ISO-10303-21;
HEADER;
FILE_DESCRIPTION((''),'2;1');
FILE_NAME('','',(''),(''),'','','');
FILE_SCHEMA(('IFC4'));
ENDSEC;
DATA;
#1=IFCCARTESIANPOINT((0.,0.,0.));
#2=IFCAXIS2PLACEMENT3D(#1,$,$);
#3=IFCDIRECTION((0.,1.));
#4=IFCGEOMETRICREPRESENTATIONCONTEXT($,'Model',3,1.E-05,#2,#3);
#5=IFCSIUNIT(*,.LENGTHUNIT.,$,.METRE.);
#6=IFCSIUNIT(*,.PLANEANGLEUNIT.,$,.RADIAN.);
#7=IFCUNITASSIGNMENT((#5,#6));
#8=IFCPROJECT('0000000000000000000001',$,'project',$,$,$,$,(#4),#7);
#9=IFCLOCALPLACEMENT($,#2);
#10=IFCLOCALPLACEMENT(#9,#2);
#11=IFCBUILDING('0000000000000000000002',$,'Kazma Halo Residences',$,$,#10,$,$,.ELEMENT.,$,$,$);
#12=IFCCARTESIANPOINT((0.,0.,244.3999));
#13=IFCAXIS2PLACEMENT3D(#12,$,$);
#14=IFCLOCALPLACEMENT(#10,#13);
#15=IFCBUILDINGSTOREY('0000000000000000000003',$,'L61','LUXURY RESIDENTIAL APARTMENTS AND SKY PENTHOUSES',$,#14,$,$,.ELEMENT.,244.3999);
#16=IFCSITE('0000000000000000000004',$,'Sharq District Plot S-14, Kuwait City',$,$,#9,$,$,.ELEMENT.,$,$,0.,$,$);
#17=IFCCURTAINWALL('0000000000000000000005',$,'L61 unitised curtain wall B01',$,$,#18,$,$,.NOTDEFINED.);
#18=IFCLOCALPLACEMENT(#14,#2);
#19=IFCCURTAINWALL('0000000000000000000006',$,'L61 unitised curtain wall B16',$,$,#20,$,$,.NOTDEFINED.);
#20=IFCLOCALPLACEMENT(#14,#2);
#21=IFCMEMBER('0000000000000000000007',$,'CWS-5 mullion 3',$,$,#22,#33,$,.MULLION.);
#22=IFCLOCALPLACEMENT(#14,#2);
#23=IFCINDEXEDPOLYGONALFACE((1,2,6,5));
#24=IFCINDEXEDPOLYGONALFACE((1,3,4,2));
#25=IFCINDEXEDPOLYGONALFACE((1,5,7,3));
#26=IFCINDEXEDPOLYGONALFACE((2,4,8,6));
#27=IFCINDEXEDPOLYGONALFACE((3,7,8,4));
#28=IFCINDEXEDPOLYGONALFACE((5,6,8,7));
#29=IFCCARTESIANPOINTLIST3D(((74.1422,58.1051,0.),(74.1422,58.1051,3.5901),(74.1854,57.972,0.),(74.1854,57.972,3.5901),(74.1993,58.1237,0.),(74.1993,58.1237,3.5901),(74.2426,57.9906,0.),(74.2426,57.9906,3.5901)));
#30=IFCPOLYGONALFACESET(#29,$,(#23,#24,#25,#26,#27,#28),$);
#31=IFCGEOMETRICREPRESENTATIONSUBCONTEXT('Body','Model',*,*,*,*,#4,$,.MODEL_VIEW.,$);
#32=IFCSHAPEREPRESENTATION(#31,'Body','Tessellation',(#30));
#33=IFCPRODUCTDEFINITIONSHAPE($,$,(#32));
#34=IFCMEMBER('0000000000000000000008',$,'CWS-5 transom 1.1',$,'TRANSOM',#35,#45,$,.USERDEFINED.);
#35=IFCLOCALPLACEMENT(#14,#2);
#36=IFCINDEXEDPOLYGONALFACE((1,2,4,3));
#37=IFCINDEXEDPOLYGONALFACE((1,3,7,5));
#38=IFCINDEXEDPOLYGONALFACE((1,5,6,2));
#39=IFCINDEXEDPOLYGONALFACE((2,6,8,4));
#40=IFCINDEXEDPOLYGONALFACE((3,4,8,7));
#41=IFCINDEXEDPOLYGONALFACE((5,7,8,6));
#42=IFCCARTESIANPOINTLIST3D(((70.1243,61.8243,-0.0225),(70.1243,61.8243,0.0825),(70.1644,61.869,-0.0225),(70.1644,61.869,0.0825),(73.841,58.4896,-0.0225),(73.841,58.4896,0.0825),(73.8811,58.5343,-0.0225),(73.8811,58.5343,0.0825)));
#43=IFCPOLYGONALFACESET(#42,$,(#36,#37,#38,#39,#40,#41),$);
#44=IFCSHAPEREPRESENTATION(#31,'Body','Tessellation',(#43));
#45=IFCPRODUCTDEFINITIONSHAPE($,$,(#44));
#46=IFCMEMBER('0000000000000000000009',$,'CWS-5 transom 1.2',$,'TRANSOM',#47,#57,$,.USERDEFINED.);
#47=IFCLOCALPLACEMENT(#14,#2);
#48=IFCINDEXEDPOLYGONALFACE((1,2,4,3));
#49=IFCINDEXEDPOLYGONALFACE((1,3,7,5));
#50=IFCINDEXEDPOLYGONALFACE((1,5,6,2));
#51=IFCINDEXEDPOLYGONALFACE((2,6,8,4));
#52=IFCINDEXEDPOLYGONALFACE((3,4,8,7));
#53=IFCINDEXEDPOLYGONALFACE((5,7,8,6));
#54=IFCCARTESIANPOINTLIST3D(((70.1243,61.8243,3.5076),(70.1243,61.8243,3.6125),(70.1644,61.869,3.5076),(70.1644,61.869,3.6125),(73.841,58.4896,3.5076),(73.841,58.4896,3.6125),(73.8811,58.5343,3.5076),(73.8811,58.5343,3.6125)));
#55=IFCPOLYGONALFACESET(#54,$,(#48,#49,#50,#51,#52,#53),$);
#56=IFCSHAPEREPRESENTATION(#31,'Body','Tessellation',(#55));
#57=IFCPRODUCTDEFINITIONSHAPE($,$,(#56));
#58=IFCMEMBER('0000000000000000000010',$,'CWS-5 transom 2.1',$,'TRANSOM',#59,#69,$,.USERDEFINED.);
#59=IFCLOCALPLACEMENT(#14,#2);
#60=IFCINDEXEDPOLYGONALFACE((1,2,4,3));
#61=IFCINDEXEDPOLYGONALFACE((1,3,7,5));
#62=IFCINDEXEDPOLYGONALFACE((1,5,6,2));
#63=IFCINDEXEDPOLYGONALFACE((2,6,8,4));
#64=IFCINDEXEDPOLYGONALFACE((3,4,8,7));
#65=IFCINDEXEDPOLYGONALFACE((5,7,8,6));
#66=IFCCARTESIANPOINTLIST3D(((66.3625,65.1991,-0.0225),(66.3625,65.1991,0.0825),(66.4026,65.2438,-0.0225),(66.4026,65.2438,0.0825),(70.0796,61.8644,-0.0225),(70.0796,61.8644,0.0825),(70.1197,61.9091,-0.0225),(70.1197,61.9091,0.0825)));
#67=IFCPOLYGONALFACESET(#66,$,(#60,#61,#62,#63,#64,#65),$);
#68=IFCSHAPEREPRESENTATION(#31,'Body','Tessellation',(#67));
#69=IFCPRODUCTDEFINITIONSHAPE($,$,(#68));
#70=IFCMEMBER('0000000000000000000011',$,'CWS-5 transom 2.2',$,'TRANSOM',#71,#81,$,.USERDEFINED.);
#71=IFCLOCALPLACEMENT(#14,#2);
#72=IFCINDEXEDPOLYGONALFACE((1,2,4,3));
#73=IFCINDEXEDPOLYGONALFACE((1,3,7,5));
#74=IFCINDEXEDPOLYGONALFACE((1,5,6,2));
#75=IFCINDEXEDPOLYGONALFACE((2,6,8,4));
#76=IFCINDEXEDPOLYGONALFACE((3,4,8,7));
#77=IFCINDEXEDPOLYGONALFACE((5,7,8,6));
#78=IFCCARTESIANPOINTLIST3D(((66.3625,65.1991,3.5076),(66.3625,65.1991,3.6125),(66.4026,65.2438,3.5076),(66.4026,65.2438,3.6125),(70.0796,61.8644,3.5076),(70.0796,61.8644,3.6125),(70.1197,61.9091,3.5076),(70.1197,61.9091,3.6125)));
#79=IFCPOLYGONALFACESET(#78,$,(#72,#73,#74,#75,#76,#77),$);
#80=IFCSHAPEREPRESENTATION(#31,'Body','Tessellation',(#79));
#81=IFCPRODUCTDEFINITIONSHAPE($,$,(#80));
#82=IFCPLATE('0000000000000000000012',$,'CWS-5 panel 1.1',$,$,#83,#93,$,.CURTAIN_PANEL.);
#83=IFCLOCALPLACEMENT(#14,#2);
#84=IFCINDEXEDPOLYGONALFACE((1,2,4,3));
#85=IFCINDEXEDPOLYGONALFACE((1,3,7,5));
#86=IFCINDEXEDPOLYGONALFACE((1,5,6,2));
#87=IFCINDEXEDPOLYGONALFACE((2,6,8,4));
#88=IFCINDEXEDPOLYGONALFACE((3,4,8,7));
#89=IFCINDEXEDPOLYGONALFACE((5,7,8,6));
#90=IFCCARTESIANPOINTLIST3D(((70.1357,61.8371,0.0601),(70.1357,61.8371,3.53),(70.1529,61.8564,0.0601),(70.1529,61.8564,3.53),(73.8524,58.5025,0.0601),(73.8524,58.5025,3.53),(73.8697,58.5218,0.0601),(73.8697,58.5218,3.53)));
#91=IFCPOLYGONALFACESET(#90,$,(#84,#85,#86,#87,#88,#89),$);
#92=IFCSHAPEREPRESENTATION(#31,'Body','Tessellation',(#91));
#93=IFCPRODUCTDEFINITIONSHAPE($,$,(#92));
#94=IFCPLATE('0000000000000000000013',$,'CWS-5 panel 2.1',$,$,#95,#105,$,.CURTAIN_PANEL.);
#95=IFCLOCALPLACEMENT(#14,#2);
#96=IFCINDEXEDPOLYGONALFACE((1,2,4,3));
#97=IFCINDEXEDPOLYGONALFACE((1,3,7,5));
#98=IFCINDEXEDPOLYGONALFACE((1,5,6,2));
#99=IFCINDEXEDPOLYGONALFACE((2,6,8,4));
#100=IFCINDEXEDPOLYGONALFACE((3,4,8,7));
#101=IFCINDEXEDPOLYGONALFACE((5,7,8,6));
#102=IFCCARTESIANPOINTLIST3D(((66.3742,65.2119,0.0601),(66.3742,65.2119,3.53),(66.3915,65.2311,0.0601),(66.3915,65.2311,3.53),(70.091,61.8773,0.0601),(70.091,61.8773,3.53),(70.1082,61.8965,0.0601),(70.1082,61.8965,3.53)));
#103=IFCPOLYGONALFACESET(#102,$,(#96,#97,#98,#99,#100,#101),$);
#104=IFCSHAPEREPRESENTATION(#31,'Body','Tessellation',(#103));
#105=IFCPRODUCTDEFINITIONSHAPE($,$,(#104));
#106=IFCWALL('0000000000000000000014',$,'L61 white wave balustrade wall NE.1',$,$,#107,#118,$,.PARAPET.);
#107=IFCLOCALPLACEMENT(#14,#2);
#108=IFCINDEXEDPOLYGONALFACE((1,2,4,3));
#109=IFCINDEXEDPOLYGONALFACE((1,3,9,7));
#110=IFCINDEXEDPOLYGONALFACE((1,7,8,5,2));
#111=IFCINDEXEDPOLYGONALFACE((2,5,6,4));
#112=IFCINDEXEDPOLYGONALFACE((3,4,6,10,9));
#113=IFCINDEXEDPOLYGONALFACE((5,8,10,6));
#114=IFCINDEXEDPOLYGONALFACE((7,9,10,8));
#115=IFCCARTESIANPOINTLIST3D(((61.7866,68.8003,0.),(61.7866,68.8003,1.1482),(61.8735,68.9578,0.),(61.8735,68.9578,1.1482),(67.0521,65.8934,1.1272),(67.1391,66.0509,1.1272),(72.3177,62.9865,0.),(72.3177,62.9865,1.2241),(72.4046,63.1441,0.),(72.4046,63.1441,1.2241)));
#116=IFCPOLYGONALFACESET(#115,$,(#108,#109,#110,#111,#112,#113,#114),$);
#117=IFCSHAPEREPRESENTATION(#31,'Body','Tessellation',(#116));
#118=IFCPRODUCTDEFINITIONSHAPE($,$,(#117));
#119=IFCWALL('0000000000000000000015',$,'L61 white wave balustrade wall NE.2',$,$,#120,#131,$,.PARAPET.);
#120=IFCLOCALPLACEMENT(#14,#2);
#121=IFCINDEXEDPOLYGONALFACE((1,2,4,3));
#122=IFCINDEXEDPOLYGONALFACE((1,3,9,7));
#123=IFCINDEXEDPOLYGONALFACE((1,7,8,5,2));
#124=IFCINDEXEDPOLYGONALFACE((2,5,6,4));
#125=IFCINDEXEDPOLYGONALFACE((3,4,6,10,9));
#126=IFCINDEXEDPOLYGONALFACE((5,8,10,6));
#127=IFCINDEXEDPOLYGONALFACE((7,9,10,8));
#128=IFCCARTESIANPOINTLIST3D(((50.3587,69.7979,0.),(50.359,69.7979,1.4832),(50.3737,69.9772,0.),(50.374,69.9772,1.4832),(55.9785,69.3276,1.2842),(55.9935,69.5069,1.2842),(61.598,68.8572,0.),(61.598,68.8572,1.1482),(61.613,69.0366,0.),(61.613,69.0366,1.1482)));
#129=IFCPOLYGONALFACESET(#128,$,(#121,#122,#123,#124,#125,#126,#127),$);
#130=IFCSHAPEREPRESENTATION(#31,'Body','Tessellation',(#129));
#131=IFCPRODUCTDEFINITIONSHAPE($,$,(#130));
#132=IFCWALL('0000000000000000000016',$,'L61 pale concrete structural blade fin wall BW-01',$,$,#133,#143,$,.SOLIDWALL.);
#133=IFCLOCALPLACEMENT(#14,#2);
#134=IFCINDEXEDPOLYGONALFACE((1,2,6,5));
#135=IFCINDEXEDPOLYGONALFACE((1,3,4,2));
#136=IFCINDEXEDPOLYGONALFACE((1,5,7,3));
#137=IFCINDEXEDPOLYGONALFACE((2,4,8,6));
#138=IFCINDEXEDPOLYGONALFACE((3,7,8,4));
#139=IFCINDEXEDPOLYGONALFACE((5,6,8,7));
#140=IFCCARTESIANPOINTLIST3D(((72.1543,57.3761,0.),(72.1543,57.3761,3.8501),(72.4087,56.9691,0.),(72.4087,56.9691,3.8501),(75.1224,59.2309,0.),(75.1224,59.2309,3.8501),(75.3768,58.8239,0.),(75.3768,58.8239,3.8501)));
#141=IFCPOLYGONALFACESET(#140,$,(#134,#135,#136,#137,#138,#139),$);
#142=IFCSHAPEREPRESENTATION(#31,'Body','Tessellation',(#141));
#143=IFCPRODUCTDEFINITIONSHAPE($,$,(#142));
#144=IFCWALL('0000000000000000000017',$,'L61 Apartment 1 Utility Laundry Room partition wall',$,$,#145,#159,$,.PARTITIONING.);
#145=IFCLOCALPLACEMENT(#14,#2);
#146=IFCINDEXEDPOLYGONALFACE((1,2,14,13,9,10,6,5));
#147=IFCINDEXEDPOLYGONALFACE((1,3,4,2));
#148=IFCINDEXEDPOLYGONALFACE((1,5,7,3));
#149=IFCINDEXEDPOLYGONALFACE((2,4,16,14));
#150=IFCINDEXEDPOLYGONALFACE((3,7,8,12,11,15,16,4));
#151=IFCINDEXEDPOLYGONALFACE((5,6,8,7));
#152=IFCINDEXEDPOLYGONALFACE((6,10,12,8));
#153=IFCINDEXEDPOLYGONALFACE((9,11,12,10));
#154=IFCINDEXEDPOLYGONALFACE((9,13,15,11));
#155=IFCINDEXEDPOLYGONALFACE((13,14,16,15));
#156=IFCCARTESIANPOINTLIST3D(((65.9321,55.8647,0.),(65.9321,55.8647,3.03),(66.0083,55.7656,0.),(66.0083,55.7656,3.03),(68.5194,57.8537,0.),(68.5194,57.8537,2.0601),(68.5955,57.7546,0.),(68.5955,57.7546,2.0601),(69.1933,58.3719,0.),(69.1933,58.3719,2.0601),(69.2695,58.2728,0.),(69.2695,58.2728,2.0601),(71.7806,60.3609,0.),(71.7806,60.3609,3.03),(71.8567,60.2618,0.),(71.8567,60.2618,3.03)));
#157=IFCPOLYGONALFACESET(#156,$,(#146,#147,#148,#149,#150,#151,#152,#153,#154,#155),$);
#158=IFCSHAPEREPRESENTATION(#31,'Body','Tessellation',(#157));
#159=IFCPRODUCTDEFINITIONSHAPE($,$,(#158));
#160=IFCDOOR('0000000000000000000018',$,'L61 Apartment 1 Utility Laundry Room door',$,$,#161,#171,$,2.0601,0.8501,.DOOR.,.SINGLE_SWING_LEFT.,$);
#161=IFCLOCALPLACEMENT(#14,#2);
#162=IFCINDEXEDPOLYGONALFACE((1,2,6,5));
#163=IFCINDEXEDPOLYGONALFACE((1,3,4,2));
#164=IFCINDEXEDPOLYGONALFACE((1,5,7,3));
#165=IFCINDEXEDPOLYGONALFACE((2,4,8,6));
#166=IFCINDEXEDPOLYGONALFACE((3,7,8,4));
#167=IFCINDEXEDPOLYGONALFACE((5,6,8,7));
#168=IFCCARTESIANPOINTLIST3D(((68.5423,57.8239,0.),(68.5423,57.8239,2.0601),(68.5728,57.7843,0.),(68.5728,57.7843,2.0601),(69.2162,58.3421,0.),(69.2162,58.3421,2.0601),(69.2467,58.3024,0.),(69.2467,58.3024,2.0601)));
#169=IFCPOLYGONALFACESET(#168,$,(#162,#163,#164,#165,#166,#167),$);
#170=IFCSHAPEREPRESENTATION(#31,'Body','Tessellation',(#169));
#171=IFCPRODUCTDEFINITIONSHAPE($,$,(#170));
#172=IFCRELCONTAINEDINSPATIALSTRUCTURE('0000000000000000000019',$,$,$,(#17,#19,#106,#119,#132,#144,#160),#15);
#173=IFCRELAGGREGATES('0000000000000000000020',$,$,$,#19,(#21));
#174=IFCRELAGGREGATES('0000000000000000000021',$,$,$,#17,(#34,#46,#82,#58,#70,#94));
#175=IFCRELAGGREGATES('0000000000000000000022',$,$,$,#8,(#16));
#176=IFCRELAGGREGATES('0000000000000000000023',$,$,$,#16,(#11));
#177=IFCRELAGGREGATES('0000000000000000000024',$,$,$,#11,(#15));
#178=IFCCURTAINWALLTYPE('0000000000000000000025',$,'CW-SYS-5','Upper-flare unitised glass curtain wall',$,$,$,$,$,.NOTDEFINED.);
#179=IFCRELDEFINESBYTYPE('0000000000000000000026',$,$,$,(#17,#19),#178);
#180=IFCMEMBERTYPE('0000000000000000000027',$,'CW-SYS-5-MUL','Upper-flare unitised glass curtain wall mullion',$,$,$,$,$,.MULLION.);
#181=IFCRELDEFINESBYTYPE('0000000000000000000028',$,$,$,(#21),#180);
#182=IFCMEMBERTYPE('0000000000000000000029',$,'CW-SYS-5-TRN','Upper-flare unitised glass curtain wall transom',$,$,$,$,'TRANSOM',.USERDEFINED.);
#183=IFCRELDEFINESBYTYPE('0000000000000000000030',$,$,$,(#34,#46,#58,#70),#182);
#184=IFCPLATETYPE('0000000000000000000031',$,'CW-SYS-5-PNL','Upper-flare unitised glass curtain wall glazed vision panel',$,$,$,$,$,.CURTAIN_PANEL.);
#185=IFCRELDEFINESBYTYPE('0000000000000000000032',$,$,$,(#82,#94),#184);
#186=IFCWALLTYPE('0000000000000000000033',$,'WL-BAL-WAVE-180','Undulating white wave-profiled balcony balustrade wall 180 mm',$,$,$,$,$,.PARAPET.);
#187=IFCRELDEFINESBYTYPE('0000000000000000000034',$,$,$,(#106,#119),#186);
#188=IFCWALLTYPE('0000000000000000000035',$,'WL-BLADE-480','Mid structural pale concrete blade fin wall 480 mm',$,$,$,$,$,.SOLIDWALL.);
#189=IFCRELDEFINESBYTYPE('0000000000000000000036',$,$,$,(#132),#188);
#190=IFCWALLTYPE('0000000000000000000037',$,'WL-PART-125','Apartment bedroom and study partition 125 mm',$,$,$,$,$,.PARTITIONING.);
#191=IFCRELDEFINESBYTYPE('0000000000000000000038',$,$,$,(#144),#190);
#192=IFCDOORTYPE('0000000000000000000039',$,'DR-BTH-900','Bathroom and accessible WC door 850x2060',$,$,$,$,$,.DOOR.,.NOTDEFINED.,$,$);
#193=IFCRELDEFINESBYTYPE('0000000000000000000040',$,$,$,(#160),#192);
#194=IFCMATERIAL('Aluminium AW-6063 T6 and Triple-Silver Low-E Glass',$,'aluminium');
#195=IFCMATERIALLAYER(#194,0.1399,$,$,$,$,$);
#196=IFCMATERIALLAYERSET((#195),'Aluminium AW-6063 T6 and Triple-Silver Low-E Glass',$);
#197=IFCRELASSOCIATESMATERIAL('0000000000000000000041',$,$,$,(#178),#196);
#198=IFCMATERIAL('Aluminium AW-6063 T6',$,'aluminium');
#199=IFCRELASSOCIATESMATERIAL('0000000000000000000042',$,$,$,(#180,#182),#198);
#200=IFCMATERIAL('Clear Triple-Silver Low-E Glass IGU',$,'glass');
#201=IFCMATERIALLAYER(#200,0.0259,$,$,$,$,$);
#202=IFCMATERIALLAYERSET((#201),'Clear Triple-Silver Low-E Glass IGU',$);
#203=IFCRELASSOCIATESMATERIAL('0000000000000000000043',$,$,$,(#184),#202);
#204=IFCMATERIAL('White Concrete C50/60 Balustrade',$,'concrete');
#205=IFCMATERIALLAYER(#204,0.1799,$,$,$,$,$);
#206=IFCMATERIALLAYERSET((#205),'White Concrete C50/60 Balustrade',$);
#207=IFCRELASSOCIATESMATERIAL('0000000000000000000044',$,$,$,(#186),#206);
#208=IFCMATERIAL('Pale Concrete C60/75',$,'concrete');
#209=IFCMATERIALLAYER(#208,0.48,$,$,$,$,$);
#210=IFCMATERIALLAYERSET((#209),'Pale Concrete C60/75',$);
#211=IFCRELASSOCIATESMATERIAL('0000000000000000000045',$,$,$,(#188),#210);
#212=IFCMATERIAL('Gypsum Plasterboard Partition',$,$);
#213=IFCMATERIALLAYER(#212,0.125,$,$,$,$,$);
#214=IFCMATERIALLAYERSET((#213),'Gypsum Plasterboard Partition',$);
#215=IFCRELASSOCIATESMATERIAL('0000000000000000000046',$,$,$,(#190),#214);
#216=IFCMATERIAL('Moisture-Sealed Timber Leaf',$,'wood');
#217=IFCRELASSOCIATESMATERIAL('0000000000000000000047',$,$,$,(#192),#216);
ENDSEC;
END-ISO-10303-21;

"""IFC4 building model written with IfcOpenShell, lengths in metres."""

from ifc_helpers import new_model, si_unit, direction, frame, frame_2d, origin, origin_2d, place, context, subcontext, project, spatial, polyline, rectangle, outline, extrude, material, layer, layer_set, material_profile, profile_set, type_object, element, fill, aggregate, save


model = new_model("IFC4")

# Units and contexts
model_context = context("Model", 3, precision=1e-05, world=origin(), true_north=direction((0.0, 1.0)))
body_context = subcontext(model_context, "Body", "Model", "MODEL_VIEW")
ifc_project = project(units=[si_unit("LENGTHUNIT", "METRE"), si_unit("PLANEANGLEUNIT", "RADIAN")], contexts=[model_context])

# Site, building, storey
site_placement = place(None, origin())
site = spatial("IfcSite", under=ifc_project, at=site_placement, Name="Sharq District Plot S-14, Kuwait City", CompositionType="ELEMENT", RefElevation=0.0)
building_placement = place(site_placement, origin())
building = spatial("IfcBuilding", under=site, at=building_placement, Name="Kazma Halo Residences", CompositionType="ELEMENT")
storey_placement = place(building_placement, frame((0.0, 0.0, 244.3999)))
storey = spatial("IfcBuildingStorey", under=building, at=storey_placement, Name="L61", Description="LUXURY RESIDENTIAL APARTMENTS AND SKY PENTHOUSES", CompositionType="ELEMENT", Elevation=244.3999)

# Curtain wall
ifc_material_1 = material(Name="Aluminium AW-6063 T6 and Triple-Silver Low-E Glass", Category="aluminium")
ifc_layer_1 = layer(ifc_material_1, 0.1399)
ifc_layer_set_1 = layer_set([ifc_layer_1], Name="Aluminium AW-6063 T6 and Triple-Silver Low-E Glass")
curtain_wall_type = type_object("IfcCurtainWallType", Name="CW-SYS-5", Description="Upper-flare unitised glass curtain wall", PredefinedType="NOTDEFINED", material=ifc_layer_set_1)
curtain_wall_1_placement = place(storey_placement, origin())
curtain_wall_1 = element("IfcCurtainWall", 1, at=curtain_wall_1_placement, inside=storey, type_object=curtain_wall_type, Name="L61 unitised curtain wall B01", PredefinedType="NOTDEFINED")
ifc_material_2 = material(Name="Aluminium AW-6063 T6", Category="aluminium")
ifc_material_profile_1 = material_profile(ifc_material_2, rectangle(XDim=0.0601, YDim=0.1399, at=origin_2d()), Name="CWM-60x140")
ifc_profile_set_1 = profile_set([ifc_material_profile_1], Name="Aluminium AW-6063 T6")
member_type_1 = type_object("IfcMemberType", Name="CW-SYS-5-MUL", Description="Upper-flare unitised glass curtain wall mullion", PredefinedType="MULLION", material=ifc_profile_set_1)

# Curtain wall, member
curtain_wall_2_placement = place(storey_placement, origin())
curtain_wall_2 = element("IfcCurtainWall", 2, at=curtain_wall_2_placement, inside=storey, type_object=curtain_wall_type, Name="L61 unitised curtain wall B16", PredefinedType="NOTDEFINED")
member_1_placement = place(storey_placement, frame((74.1924, 58.0479, 0.0), z_axis=(0.0, 0.0, 1.0), x_axis=(-0.951058, -0.309011, 0.0)))
member_1 = element("IfcMember", 3, at=member_1_placement, type_object=member_type_1, Name="CWS-5 mullion 3", PredefinedType="MULLION", context=body_context, shape_type="SweptSolid", body=[
    extrude(rectangle(XDim=0.0601, YDim=0.1399, at=origin_2d()), origin(), (0.0, 0.0, 1.0), 3.5901),
])
aggregate(curtain_wall_2, [member_1])

# Members
ifc_material_profile_2 = material_profile(ifc_material_2, rectangle(XDim=0.0601, YDim=0.105, at=origin_2d()), Name="CWT-60x105")
ifc_profile_set_2 = profile_set([ifc_material_profile_2], Name="Aluminium AW-6063 T6")
member_type_2 = type_object("IfcMemberType", Name="CW-SYS-5-TRN", Description="Upper-flare unitised glass curtain wall transom", ElementType="TRANSOM", PredefinedType="USERDEFINED", material=ifc_profile_set_2)
member_2_placement = place(storey_placement, frame((73.8611, 58.512, 0.03), z_axis=(-0.744329, 0.667813, 0.0), x_axis=(-0.667813, -0.744329, 0.0)))
member_2 = element("IfcMember", 4, at=member_2_placement, type_object=member_type_2, Name="CWS-5 transom 1.1", ObjectType="TRANSOM", PredefinedType="USERDEFINED", context=body_context, shape_type="SweptSolid", body=[
    extrude(rectangle(XDim=0.0601, YDim=0.105, at=origin_2d()), origin(), (0.0, 0.0, 1.0), 4.9934),
])
member_3_placement = place(storey_placement, frame((73.8611, 58.512, 3.5601), z_axis=(-0.744329, 0.667813, 0.0), x_axis=(-0.667813, -0.744329, 0.0)))
member_3 = element("IfcMember", 5, at=member_3_placement, type_object=member_type_2, Name="CWS-5 transom 1.2", ObjectType="TRANSOM", PredefinedType="USERDEFINED", context=body_context, shape_type="SweptSolid", body=[
    extrude(rectangle(XDim=0.0601, YDim=0.105, at=origin_2d()), origin(), (0.0, 0.0, 1.0), 4.9934),
])
member_4_placement = place(storey_placement, frame((70.0996, 61.8867, 0.03), z_axis=(-0.744351, 0.667789, 0.0), x_axis=(-0.667789, -0.744351, 0.0)))
member_4 = element("IfcMember", 6, at=member_4_placement, type_object=member_type_2, Name="CWS-5 transom 2.1", ObjectType="TRANSOM", PredefinedType="USERDEFINED", context=body_context, shape_type="SweptSolid", body=[
    extrude(rectangle(XDim=0.0601, YDim=0.105, at=origin_2d()), origin(), (0.0, 0.0, 1.0), 4.9937),
])
member_5_placement = place(storey_placement, frame((70.0996, 61.8867, 3.5601), z_axis=(-0.744351, 0.667789, 0.0), x_axis=(-0.667789, -0.744351, 0.0)))
member_5 = element("IfcMember", 7, at=member_5_placement, type_object=member_type_2, Name="CWS-5 transom 2.2", ObjectType="TRANSOM", PredefinedType="USERDEFINED", context=body_context, shape_type="SweptSolid", body=[
    extrude(rectangle(XDim=0.0601, YDim=0.105, at=origin_2d()), origin(), (0.0, 0.0, 1.0), 4.9937),
])

# Plates
ifc_material_3 = material(Name="Clear Triple-Silver Low-E Glass IGU", Category="glass")
ifc_layer_2 = layer(ifc_material_3, 0.0259)
ifc_layer_set_2 = layer_set([ifc_layer_2], Name="Clear Triple-Silver Low-E Glass IGU")
plate_type = type_object("IfcPlateType", Name="CW-SYS-5-PNL", Description="Upper-flare unitised glass curtain wall glazed vision panel", PredefinedType="CURTAIN_PANEL", material=ifc_layer_set_2)
plate_1_placement = place(storey_placement, frame((72.0027, 60.1794, 0.0601), z_axis=(0.0, 0.0, 1.0), x_axis=(-0.744336, 0.667805, 0.0)))
plate_1 = element("IfcPlate", 8, at=plate_1_placement, type_object=plate_type, Name="CWS-5 panel 1.1", PredefinedType="CURTAIN_PANEL", context=body_context, shape_type="SweptSolid", body=[
    extrude(rectangle(XDim=4.9934, YDim=0.0259, at=origin_2d()), origin(), (0.0, 0.0, 1.0), 3.47),
])
plate_2_placement = place(storey_placement, frame((68.2412, 63.5542, 0.0601), z_axis=(0.0, 0.0, 1.0), x_axis=(-0.744336, 0.667805, 0.0)))
plate_2 = element("IfcPlate", 9, at=plate_2_placement, type_object=plate_type, Name="CWS-5 panel 2.1", PredefinedType="CURTAIN_PANEL", context=body_context, shape_type="SweptSolid", body=[
    extrude(rectangle(XDim=4.9934, YDim=0.0259, at=origin_2d()), origin(), (0.0, 0.0, 1.0), 3.47),
])
aggregate(curtain_wall_1, [member_2, member_3, plate_1, member_4, member_5, plate_2])

# Walls
ifc_material_4 = material(Name="White Concrete C50/60 Balustrade", Category="concrete")
ifc_layer_3 = layer(ifc_material_4, 0.1799)
ifc_layer_set_3 = layer_set([ifc_layer_3], Name="White Concrete C50/60 Balustrade")
wall_type_1 = type_object("IfcWallType", Name="WL-BAL-WAVE-180", Description="Undulating white wave-profiled balcony balustrade wall 180 mm", PredefinedType="PARAPET", material=ifc_layer_set_3)
wall_1_placement = place(storey_placement, frame((72.3611, 63.0652, 0.0), z_axis=(0.0, 0.0, 1.0), x_axis=(-0.875454, 0.483301, 0.0)))
element("IfcWall", 10, at=wall_1_placement, inside=storey, type_object=wall_type_1, Name="L61 white wave balustrade wall NE.1", PredefinedType="PARAPET", context=body_context, shape_type="SweptSolid", body=[
    extrude(outline(polyline([(0.0, 0.0), (12.0293, 0.0), (12.0293, 1.1482), (6.0146, 1.1272), (0.0, 1.2241), (0.0, 0.0)])), frame((0.0, 0.0898, 0.0), z_axis=(0.0, -1.0, 0.0), x_axis=(1.0, 0.0, 0.0)), (0.0, 0.0, 1.0), 0.1799),
])
wall_2_placement = place(storey_placement, frame((61.6055, 68.9468, 0.0), z_axis=(0.0, 0.0, 1.0), x_axis=(-0.996516, 0.083404, 0.0)))
element("IfcWall", 11, at=wall_2_placement, inside=storey, type_object=wall_type_1, Name="L61 white wave balustrade wall NE.2", PredefinedType="PARAPET", context=body_context, shape_type="SweptSolid", body=[
    extrude(outline(polyline([(0.0, 0.0), (11.2786, 0.0), (11.2783, 1.4832), (5.6392, 1.2842), (0.0, 1.1482), (0.0, 0.0)])), frame((0.0, 0.0898, 0.0), z_axis=(0.0, -1.0, 0.0), x_axis=(1.0, 0.0, 0.0)), (0.0, 0.0, 1.0), 0.1799),
])
ifc_material_5 = material(Name="Pale Concrete C60/75", Category="concrete")
ifc_layer_4 = layer(ifc_material_5, 0.48)
ifc_layer_set_4 = layer_set([ifc_layer_4], Name="Pale Concrete C60/75")
wall_type_2 = type_object("IfcWallType", Name="WL-BLADE-480", Description="Mid structural pale concrete blade fin wall 480 mm", PredefinedType="SOLIDWALL", material=ifc_layer_set_4)
wall_3_placement = place(storey_placement, frame((72.2815, 57.1726, 0.0), z_axis=(0.0, 0.0, 1.0), x_axis=(0.848034, 0.529943, 0.0)))
element("IfcWall", 12, at=wall_3_placement, inside=storey, type_object=wall_type_2, Name="L61 pale concrete structural blade fin wall BW-01", PredefinedType="SOLIDWALL", context=body_context, shape_type="SweptSolid", body=[
    extrude(rectangle(XDim=3.5, YDim=0.48, at=frame_2d((1.75, 0.0))), origin(), (0.0, 0.0, 1.0), 3.8501),
])

# Wall, opening, door
ifc_material_6 = material(Name="Gypsum Plasterboard Partition")
ifc_layer_5 = layer(ifc_material_6, 0.125)
ifc_layer_set_5 = layer_set([ifc_layer_5], Name="Gypsum Plasterboard Partition")
wall_type_3 = type_object("IfcWallType", Name="WL-PART-125", Description="Apartment bedroom and study partition 125 mm", PredefinedType="PARTITIONING", material=ifc_layer_set_5)
wall_4_placement = place(storey_placement, frame((65.9702, 55.8152, 0.0), z_axis=(0.0, 0.0, 1.0), x_axis=(0.792799, 0.609484, 0.0)))
wall_4 = element("IfcWall", 13, at=wall_4_placement, inside=storey, type_object=wall_type_3, Name="L61 Apartment 1 Utility Laundry Room partition wall", PredefinedType="PARTITIONING", context=body_context, shape_type="SweptSolid", body=[
    extrude(rectangle(XDim=7.377, YDim=0.125, at=frame_2d((3.6885, 0.0))), origin(), (0.0, 0.0, 1.0), 3.03),
])
opening_1_placement = place(wall_4_placement, frame((3.2634, 0.0, 0.0)))
opening_1 = element("IfcOpeningElement", 14, at=opening_1_placement, cuts=wall_4, PredefinedType="OPENING", context=body_context, shape_type="SweptSolid", body=[
    extrude(rectangle(XDim=0.8501, YDim=2.0601, at=frame_2d((0.425, 1.03))), frame((0.0, 0.0725, 0.0), z_axis=(0.0, -1.0, 0.0), x_axis=(1.0, 0.0, 0.0)), (0.0, 0.0, 1.0), 0.145),
])
ifc_material_7 = material(Name="Moisture-Sealed Timber Leaf", Category="wood")
door_type_1 = type_object("IfcDoorType", Name="DR-BTH-900", Description="Bathroom and accessible WC door 850x2060", OperationType="NOTDEFINED", PredefinedType="DOOR", material=ifc_material_7)
door_1_placement = place(opening_1_placement, origin())
door_1 = element("IfcDoor", 15, at=door_1_placement, inside=storey, type_object=door_type_1, Name="L61 Apartment 1 Utility Laundry Room door", OperationType="SINGLE_SWING_LEFT", OverallHeight=2.0601, OverallWidth=0.8501, PredefinedType="DOOR", context=body_context, shape_type="SweptSolid", body=[
    extrude(rectangle(XDim=0.8501, YDim=2.0601, at=frame_2d((0.425, 1.03))), frame((0.0, 0.0249, 0.0), z_axis=(0.0, -1.0, 0.0), x_axis=(1.0, 0.0, 0.0)), (0.0, 0.0, 1.0), 0.05),
])
fill(opening_1, door_1)

save(model, "model.ifc")
